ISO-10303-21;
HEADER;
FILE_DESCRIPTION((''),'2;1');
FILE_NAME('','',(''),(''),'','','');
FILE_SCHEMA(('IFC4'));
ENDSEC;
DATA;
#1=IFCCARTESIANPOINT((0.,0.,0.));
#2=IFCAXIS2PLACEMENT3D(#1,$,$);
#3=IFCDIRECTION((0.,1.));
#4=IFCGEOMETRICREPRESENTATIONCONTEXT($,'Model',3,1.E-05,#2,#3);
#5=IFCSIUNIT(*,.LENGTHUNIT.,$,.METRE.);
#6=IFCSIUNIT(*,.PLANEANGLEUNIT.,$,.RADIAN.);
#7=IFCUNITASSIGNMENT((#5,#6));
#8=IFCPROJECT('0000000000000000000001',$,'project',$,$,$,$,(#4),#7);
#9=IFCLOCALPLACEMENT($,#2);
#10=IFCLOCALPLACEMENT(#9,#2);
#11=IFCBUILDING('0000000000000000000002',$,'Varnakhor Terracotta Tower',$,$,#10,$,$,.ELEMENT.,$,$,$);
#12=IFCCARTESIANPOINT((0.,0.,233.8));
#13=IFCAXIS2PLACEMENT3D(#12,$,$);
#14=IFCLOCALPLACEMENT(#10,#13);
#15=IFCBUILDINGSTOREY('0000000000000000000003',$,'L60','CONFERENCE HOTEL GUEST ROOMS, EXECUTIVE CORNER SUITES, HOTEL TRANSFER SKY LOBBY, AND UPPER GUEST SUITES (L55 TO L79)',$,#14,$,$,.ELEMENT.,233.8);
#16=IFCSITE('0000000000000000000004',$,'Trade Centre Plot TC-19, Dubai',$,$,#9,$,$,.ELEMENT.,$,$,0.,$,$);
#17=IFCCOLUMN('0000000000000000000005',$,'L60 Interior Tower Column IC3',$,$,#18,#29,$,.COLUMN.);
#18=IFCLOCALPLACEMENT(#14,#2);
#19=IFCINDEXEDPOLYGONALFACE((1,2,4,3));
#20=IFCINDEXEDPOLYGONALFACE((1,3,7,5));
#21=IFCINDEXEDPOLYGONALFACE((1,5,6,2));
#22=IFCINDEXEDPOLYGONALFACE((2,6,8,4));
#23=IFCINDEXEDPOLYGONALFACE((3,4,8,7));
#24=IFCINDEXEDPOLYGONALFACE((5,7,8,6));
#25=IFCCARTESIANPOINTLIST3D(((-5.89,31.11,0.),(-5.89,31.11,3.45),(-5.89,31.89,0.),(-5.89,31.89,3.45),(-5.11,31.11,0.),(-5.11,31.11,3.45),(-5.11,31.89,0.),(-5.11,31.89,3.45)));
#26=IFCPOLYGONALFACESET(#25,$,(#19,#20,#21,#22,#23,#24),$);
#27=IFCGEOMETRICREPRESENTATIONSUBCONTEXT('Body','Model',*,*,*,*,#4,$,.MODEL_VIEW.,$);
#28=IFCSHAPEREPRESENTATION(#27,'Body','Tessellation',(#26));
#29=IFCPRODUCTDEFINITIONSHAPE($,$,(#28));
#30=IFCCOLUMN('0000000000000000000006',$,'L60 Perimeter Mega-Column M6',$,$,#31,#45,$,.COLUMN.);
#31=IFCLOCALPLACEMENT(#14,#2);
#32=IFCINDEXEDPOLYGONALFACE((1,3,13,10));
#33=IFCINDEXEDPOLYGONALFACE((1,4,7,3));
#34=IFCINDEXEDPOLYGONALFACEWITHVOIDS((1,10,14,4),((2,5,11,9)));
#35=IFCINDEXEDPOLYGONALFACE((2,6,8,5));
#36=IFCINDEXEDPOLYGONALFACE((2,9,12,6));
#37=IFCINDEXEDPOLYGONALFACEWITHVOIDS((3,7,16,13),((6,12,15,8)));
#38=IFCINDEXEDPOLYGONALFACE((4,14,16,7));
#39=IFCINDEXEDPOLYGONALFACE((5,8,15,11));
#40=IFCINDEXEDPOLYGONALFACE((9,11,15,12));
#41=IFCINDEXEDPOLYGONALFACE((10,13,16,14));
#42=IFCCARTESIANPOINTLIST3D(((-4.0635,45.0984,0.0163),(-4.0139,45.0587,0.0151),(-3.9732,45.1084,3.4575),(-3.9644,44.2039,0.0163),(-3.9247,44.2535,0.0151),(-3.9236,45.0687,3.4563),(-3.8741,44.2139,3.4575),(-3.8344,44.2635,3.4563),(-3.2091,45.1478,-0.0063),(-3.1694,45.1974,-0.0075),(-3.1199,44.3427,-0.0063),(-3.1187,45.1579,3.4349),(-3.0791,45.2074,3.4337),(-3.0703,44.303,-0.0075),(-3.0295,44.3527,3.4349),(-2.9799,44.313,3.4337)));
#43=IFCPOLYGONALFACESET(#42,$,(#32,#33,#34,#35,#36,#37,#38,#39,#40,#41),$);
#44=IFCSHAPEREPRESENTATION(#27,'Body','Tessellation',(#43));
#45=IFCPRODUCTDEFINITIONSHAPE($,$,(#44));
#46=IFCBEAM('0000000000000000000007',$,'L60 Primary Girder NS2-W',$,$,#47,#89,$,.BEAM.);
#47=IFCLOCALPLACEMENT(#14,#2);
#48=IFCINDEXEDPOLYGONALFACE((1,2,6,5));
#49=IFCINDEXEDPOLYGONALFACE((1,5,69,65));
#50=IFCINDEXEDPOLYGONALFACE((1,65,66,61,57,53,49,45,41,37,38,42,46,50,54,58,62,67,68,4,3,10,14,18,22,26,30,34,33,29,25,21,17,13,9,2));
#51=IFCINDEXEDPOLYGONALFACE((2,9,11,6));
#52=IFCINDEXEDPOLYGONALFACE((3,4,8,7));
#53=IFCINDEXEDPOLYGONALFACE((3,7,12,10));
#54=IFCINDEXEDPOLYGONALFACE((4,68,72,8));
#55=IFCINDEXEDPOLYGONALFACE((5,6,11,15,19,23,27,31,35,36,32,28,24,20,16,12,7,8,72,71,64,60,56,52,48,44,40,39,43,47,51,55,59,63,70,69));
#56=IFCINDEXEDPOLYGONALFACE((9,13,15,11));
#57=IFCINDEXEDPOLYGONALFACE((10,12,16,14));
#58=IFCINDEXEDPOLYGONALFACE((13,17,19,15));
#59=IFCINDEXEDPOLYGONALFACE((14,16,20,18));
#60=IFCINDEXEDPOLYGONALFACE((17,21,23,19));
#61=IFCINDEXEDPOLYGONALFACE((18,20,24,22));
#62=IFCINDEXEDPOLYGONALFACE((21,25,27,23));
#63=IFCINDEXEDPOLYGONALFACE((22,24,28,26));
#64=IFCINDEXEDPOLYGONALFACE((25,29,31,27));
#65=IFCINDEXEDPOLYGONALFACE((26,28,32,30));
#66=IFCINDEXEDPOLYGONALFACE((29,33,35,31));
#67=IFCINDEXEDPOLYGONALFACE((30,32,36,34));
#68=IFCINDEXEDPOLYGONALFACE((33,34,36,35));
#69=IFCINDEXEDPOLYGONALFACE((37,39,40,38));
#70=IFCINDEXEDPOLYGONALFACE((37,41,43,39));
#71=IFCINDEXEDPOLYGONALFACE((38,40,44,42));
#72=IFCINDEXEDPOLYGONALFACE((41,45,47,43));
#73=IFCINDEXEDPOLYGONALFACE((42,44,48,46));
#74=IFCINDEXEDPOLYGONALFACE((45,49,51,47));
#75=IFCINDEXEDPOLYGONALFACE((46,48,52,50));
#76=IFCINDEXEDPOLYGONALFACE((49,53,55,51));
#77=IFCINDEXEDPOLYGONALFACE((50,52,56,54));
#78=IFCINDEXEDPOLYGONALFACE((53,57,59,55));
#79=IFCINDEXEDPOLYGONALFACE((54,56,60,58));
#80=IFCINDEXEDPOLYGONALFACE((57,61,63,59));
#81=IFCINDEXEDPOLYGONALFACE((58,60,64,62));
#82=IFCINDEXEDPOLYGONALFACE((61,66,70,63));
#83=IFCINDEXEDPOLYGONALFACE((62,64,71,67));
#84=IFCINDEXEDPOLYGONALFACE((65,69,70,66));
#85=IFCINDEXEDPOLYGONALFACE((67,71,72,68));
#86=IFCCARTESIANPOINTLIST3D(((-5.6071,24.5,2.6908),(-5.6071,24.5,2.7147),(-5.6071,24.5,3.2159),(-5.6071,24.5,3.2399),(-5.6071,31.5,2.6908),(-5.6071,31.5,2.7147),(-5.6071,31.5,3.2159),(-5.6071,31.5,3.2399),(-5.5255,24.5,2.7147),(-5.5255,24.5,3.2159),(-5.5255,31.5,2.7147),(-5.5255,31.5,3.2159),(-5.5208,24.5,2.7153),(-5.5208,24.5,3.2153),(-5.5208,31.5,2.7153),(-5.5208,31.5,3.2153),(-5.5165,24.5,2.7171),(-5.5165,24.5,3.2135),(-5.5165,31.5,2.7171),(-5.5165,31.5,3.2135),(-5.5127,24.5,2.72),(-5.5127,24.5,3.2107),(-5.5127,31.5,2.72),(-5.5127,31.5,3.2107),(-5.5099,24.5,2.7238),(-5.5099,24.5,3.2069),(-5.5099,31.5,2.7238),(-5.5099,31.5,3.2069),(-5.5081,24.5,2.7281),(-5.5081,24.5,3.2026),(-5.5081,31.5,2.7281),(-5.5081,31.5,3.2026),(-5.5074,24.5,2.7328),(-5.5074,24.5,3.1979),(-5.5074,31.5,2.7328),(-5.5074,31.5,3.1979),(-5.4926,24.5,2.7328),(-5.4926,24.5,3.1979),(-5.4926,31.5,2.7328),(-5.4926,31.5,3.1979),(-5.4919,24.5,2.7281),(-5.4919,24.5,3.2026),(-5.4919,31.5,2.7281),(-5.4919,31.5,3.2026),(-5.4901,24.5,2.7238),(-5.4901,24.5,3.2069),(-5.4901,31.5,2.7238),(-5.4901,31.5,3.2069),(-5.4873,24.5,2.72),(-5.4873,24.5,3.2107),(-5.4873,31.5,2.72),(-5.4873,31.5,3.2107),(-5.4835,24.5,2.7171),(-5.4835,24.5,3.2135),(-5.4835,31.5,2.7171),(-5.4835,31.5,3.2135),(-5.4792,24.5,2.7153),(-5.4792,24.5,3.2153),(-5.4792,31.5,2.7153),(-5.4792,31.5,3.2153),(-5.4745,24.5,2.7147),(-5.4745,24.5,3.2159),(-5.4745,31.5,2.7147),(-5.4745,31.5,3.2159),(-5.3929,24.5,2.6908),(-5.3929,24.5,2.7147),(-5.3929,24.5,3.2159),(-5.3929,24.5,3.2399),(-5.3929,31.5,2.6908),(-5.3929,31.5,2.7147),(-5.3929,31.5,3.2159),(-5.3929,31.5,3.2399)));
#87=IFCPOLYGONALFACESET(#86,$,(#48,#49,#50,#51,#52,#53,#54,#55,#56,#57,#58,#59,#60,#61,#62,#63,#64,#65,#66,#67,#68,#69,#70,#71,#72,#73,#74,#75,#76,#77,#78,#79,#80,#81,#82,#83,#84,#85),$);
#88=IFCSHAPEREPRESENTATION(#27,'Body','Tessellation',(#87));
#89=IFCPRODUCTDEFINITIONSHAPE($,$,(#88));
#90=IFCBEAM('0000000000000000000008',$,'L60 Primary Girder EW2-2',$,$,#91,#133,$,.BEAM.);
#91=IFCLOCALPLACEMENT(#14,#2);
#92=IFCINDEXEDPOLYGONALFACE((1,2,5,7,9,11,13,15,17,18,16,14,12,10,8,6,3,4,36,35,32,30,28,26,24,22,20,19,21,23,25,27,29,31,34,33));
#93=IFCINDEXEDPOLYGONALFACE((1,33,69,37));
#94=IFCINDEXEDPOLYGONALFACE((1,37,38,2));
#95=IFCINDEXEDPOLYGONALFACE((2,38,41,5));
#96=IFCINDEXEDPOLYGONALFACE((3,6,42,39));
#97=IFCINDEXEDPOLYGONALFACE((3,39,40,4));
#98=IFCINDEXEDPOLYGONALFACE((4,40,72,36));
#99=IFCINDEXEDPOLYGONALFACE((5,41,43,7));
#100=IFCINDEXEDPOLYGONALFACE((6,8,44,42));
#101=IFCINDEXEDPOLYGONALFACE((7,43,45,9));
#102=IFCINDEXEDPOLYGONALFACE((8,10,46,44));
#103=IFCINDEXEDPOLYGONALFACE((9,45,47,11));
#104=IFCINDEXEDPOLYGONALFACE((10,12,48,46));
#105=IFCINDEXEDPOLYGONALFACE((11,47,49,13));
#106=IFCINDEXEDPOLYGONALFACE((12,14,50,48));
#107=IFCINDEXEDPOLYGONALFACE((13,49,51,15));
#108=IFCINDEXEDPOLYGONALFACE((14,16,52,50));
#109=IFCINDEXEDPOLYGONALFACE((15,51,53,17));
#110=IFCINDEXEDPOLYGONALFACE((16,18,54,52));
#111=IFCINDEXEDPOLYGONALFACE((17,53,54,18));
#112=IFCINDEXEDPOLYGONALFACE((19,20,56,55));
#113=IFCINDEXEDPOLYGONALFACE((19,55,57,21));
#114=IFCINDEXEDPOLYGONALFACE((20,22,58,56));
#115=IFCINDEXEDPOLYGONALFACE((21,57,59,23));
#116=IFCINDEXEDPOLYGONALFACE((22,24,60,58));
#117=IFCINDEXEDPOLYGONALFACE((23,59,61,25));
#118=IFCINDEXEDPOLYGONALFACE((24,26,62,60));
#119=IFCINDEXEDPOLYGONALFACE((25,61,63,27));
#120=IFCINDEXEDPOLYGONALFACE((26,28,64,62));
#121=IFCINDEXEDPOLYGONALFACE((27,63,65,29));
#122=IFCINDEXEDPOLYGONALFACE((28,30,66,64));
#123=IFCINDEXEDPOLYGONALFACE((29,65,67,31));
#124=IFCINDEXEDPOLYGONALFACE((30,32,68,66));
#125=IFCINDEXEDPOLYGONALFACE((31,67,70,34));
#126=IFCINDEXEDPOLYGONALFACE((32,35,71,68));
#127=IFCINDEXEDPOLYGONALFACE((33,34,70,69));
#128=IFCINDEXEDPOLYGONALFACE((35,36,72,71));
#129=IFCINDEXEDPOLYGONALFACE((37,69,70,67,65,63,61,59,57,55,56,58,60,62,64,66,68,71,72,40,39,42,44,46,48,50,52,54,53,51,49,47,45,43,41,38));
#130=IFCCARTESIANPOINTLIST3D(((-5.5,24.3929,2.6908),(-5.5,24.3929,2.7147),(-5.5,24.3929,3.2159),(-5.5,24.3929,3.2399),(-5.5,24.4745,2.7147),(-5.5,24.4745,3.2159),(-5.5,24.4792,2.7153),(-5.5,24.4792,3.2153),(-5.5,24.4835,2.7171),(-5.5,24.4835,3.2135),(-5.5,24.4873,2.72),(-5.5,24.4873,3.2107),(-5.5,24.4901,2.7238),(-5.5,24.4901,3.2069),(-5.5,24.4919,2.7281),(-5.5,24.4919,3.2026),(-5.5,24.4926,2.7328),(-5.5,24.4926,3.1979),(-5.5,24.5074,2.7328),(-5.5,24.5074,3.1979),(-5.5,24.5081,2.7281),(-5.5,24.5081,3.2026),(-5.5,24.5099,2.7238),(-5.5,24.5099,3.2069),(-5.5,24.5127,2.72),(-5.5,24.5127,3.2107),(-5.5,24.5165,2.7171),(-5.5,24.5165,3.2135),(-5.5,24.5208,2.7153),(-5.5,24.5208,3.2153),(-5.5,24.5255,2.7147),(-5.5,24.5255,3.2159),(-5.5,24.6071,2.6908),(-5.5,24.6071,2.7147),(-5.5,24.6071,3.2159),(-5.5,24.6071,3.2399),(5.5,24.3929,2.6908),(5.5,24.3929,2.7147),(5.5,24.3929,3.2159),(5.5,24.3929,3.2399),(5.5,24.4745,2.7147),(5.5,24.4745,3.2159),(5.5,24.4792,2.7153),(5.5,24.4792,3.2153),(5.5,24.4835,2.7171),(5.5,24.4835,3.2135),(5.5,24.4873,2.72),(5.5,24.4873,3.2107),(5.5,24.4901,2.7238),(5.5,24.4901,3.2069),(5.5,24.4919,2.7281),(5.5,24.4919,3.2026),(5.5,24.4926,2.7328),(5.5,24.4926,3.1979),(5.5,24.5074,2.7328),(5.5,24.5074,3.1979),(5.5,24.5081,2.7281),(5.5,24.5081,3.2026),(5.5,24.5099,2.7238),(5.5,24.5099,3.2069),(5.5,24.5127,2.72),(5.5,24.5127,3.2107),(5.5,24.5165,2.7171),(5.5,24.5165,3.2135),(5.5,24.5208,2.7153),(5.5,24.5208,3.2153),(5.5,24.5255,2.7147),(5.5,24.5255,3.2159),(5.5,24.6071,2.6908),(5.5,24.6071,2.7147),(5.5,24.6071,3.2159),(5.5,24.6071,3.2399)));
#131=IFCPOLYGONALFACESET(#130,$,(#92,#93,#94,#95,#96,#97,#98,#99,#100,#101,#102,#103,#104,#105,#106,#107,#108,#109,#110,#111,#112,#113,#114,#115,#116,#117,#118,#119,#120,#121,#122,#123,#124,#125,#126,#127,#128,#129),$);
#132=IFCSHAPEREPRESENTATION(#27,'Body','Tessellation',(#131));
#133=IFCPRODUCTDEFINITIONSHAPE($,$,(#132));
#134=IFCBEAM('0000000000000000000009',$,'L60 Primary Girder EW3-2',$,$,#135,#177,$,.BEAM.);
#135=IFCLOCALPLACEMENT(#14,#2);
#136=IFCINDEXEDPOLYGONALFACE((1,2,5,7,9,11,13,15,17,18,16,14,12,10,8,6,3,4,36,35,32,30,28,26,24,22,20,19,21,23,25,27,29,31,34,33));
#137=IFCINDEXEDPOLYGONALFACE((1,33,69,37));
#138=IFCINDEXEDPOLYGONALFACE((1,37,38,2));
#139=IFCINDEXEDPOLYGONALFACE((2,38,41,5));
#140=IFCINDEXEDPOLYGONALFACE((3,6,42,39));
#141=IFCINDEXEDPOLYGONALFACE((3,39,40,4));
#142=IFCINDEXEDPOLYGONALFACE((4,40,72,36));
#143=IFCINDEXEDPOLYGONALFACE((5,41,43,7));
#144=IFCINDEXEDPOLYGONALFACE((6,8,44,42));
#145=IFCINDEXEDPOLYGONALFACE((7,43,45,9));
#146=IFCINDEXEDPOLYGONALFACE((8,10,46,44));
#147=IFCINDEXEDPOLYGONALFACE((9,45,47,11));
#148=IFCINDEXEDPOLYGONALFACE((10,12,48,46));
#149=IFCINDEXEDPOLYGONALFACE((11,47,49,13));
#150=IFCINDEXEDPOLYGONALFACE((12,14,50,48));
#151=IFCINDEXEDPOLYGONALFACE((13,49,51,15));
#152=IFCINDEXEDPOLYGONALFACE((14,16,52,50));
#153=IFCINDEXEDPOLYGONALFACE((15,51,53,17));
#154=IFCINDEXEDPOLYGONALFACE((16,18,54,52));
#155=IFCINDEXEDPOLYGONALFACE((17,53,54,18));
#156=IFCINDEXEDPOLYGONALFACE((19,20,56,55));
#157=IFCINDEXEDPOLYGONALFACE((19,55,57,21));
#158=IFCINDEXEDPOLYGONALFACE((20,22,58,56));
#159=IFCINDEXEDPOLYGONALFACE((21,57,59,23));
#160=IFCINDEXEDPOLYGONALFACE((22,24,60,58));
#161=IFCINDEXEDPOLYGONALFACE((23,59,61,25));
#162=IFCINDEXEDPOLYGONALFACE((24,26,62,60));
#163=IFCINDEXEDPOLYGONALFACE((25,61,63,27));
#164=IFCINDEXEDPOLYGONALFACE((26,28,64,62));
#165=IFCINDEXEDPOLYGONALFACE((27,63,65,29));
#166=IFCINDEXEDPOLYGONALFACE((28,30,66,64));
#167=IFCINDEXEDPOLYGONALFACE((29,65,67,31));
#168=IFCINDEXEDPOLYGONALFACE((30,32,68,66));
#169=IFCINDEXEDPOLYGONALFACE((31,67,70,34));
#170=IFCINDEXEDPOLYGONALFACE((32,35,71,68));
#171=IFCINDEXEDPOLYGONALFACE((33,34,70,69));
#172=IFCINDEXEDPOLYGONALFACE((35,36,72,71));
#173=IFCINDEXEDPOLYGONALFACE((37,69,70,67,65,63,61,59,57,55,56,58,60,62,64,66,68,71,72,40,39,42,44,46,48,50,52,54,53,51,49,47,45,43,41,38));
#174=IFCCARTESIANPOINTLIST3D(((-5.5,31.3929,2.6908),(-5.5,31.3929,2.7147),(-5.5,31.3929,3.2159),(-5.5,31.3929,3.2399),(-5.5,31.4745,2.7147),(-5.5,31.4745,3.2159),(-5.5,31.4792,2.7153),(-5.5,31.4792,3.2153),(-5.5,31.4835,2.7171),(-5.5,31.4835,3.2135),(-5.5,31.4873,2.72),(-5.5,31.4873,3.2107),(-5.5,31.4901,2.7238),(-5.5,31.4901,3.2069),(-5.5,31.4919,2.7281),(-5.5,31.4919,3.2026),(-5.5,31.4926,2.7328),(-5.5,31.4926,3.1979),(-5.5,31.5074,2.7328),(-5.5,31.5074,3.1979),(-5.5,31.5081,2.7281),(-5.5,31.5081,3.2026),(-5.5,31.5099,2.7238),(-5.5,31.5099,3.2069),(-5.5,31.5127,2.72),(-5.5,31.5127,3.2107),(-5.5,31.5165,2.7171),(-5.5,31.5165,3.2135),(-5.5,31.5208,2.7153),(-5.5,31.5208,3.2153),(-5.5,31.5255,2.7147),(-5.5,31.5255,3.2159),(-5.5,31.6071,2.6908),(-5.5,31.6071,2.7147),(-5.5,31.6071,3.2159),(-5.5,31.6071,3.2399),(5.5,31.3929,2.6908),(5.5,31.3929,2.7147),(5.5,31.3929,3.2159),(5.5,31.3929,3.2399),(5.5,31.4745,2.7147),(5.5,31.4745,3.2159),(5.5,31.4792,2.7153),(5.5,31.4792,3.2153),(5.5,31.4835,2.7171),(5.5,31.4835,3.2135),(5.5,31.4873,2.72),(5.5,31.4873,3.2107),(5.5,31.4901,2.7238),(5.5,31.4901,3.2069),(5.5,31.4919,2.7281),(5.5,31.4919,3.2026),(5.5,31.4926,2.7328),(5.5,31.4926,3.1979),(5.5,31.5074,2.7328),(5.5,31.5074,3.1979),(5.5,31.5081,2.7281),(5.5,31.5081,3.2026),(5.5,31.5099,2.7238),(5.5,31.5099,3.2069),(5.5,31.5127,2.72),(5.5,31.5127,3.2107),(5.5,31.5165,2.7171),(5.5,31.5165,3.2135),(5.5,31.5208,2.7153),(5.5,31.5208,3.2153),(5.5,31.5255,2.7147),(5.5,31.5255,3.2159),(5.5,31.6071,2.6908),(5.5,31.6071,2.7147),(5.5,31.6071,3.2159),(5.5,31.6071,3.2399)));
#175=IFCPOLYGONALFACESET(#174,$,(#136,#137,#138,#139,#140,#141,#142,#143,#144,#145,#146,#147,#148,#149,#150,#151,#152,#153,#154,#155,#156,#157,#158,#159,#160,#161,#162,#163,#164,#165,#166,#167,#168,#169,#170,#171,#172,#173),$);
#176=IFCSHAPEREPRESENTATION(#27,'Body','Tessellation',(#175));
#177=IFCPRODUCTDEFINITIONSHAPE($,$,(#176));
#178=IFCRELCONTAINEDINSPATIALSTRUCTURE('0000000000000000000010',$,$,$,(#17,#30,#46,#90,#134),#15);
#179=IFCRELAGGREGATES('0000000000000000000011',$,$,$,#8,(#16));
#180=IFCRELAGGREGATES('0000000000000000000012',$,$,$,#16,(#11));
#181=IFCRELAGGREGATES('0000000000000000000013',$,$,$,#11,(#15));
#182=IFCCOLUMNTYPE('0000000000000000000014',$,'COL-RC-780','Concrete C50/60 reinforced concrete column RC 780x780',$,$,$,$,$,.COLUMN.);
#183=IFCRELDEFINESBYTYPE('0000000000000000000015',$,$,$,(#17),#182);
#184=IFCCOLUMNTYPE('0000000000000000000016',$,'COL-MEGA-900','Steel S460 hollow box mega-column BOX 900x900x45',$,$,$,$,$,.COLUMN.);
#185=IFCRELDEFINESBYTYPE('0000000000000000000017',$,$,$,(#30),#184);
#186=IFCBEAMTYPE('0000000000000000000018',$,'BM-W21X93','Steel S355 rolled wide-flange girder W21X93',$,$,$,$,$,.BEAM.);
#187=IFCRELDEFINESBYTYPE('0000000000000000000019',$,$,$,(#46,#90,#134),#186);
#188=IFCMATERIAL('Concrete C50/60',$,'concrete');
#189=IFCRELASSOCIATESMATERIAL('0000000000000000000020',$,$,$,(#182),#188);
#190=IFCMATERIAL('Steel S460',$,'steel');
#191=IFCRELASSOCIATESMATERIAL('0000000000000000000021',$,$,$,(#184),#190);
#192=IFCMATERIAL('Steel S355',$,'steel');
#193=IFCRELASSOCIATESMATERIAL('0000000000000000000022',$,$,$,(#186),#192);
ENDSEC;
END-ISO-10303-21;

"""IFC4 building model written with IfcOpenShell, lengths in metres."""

from ifc_helpers import new_model, si_unit, direction, frame, origin, origin_2d, place, context, subcontext, project, spatial, rectangle, hollow_rectangle, i_section, extrude, source, transform, mapped, material, material_profile, profile_set, type_object, element, save


model = new_model("IFC4")

# Units and contexts
model_context = context("Model", 3, precision=1e-05, world=origin(), true_north=direction((0.0, 1.0)))
body_context = subcontext(model_context, "Body", "Model", "MODEL_VIEW")
ifc_project = project(units=[si_unit("LENGTHUNIT", "METRE"), si_unit("PLANEANGLEUNIT", "RADIAN")], contexts=[model_context])

# Site, building, storey
site_placement = place(None, origin())
site = spatial("IfcSite", under=ifc_project, at=site_placement, Name="Trade Centre Plot TC-19, Dubai", CompositionType="ELEMENT", RefElevation=0.0)
building_placement = place(site_placement, origin())
building = spatial("IfcBuilding", under=site, at=building_placement, Name="Varnakhor Terracotta Tower", CompositionType="ELEMENT")
storey_placement = place(building_placement, frame((0.0, 0.0, 233.8)))
storey = spatial("IfcBuildingStorey", under=building, at=storey_placement, Name="L60", Description="CONFERENCE HOTEL GUEST ROOMS, EXECUTIVE CORNER SUITES, HOTEL TRANSFER SKY LOBBY, AND UPPER GUEST SUITES (L55 TO L79)", CompositionType="ELEMENT", Elevation=233.8)

# Columns
ifc_material_1 = material(Name="Concrete C50/60", Category="concrete")
ifc_material_profile_1 = material_profile(ifc_material_1, rectangle(XDim=0.78, YDim=0.78, at=origin_2d()), Name="RC 780x780")
ifc_profile_set_1 = profile_set([ifc_material_profile_1], Name="Concrete C50/60")
column_type_1 = type_object("IfcColumnType", Name="COL-RC-780", Description="Concrete C50/60 reinforced concrete column RC 780x780", PredefinedType="COLUMN", material=ifc_profile_set_1)
shared_shape_1 = source(origin(), body_context, "Body", "SweptSolid", [
    extrude(rectangle(XDim=0.78, YDim=0.78, at=origin_2d()), origin(), (0.0, 0.0, 1.0), 3.45),
])
column_1_placement = place(storey_placement, frame((-5.5, 31.5, 0.0), z_axis=(0.0, 0.0, 1.0), x_axis=(1.0, 0.0, 0.0)))
element("IfcColumn", 1, at=column_1_placement, inside=storey, type_object=column_type_1, Name="L60 Interior Tower Column IC3", PredefinedType="COLUMN", context=body_context, shape_type="MappedRepresentation", body=[
    mapped(shared_shape_1, transform((0.0, 0.0, 0.0), scale=1.0)),
])
ifc_material_2 = material(Name="Steel S460", Category="steel")
ifc_material_profile_2 = material_profile(ifc_material_2, hollow_rectangle(XDim=0.8999, YDim=0.8999, WallThickness=0.0449, at=origin_2d()), Name="BOX 900x900x45")
ifc_profile_set_2 = profile_set([ifc_material_profile_2], Name="Steel S460")
column_type_2 = type_object("IfcColumnType", Name="COL-MEGA-900", Description="Steel S460 hollow box mega-column BOX 900x900x45", PredefinedType="COLUMN", material=ifc_profile_set_2)
shared_shape_2 = source(origin(), body_context, "Body", "SweptSolid", [
    extrude(hollow_rectangle(XDim=0.8999, YDim=0.8999, WallThickness=0.0449, at=origin_2d()), origin(), (0.0, 0.0, 1.0), 3.4424),
])
column_2_placement = place(storey_placement, frame((-3.5669, 44.7007, 0.0044), z_axis=(0.026241, 0.002908, 0.999651), x_axis=(-0.110137, 0.993916, 0.0)))
element("IfcColumn", 2, at=column_2_placement, inside=storey, type_object=column_type_2, Name="L60 Perimeter Mega-Column M6", PredefinedType="COLUMN", context=body_context, shape_type="MappedRepresentation", body=[
    mapped(shared_shape_2, transform((0.0, 0.0, 0.0), scale=1.0)),
])

# Beams
ifc_material_3 = material(Name="Steel S355", Category="steel")
ifc_material_profile_3 = material_profile(ifc_material_3, i_section(OverallWidth=0.2141, OverallDepth=0.5491, WebThickness=0.0149, FlangeThickness=0.0239, FilletRadius=0.0181, at=origin_2d()), Name="W21X93")
ifc_profile_set_3 = profile_set([ifc_material_profile_3], Name="Steel S355")
beam_type_1 = type_object("IfcBeamType", Name="BM-W21X93", Description="Steel S355 rolled wide-flange girder W21X93", PredefinedType="BEAM", material=ifc_profile_set_3)
shared_shape_3 = source(origin(), body_context, "Body", "SweptSolid", [
    extrude(i_section(OverallWidth=0.2141, OverallDepth=0.5491, WebThickness=0.0149, FlangeThickness=0.0239, FilletRadius=0.0181, at=origin_2d()), origin(), (0.0, 0.0, 1.0), 7.0),
])
beam_1_placement = place(storey_placement, frame((-5.5, 24.5, 2.9653), z_axis=(0.0, 1.0, 0.0), x_axis=(-1.0, 0.0, 0.0)))
element("IfcBeam", 3, at=beam_1_placement, inside=storey, type_object=beam_type_1, Name="L60 Primary Girder NS2-W", PredefinedType="BEAM", context=body_context, shape_type="MappedRepresentation", body=[
    mapped(shared_shape_3, transform((0.0, 0.0, 0.0), scale=1.0)),
])
shared_shape_4 = source(origin(), body_context, "Body", "SweptSolid", [
    extrude(i_section(OverallWidth=0.2141, OverallDepth=0.5491, WebThickness=0.0149, FlangeThickness=0.0239, FilletRadius=0.0181, at=origin_2d()), origin(), (0.0, 0.0, 1.0), 11.0),
])
for number, where, z_axis, x_axis, name in (
    (4, (-5.5, 24.5, 2.9653), (1.0, 0.0, 0.0), (0.0, 1.0, 0.0), "L60 Primary Girder EW2-2"),
    (5, (-5.5, 31.5, 2.9653), (1.0, 0.0, 0.0), (0.0, 1.0, 0.0), "L60 Primary Girder EW3-2"),
):
    element("IfcBeam", number, at=place(storey_placement, frame(where, z_axis=z_axis, x_axis=x_axis)), inside=storey, type_object=beam_type_1, Name=name, PredefinedType="BEAM", context=body_context, shape_type="MappedRepresentation", body=[
        mapped(shared_shape_4, transform((0.0, 0.0, 0.0), scale=1.0)),
    ])

save(model, "model.ifc")
